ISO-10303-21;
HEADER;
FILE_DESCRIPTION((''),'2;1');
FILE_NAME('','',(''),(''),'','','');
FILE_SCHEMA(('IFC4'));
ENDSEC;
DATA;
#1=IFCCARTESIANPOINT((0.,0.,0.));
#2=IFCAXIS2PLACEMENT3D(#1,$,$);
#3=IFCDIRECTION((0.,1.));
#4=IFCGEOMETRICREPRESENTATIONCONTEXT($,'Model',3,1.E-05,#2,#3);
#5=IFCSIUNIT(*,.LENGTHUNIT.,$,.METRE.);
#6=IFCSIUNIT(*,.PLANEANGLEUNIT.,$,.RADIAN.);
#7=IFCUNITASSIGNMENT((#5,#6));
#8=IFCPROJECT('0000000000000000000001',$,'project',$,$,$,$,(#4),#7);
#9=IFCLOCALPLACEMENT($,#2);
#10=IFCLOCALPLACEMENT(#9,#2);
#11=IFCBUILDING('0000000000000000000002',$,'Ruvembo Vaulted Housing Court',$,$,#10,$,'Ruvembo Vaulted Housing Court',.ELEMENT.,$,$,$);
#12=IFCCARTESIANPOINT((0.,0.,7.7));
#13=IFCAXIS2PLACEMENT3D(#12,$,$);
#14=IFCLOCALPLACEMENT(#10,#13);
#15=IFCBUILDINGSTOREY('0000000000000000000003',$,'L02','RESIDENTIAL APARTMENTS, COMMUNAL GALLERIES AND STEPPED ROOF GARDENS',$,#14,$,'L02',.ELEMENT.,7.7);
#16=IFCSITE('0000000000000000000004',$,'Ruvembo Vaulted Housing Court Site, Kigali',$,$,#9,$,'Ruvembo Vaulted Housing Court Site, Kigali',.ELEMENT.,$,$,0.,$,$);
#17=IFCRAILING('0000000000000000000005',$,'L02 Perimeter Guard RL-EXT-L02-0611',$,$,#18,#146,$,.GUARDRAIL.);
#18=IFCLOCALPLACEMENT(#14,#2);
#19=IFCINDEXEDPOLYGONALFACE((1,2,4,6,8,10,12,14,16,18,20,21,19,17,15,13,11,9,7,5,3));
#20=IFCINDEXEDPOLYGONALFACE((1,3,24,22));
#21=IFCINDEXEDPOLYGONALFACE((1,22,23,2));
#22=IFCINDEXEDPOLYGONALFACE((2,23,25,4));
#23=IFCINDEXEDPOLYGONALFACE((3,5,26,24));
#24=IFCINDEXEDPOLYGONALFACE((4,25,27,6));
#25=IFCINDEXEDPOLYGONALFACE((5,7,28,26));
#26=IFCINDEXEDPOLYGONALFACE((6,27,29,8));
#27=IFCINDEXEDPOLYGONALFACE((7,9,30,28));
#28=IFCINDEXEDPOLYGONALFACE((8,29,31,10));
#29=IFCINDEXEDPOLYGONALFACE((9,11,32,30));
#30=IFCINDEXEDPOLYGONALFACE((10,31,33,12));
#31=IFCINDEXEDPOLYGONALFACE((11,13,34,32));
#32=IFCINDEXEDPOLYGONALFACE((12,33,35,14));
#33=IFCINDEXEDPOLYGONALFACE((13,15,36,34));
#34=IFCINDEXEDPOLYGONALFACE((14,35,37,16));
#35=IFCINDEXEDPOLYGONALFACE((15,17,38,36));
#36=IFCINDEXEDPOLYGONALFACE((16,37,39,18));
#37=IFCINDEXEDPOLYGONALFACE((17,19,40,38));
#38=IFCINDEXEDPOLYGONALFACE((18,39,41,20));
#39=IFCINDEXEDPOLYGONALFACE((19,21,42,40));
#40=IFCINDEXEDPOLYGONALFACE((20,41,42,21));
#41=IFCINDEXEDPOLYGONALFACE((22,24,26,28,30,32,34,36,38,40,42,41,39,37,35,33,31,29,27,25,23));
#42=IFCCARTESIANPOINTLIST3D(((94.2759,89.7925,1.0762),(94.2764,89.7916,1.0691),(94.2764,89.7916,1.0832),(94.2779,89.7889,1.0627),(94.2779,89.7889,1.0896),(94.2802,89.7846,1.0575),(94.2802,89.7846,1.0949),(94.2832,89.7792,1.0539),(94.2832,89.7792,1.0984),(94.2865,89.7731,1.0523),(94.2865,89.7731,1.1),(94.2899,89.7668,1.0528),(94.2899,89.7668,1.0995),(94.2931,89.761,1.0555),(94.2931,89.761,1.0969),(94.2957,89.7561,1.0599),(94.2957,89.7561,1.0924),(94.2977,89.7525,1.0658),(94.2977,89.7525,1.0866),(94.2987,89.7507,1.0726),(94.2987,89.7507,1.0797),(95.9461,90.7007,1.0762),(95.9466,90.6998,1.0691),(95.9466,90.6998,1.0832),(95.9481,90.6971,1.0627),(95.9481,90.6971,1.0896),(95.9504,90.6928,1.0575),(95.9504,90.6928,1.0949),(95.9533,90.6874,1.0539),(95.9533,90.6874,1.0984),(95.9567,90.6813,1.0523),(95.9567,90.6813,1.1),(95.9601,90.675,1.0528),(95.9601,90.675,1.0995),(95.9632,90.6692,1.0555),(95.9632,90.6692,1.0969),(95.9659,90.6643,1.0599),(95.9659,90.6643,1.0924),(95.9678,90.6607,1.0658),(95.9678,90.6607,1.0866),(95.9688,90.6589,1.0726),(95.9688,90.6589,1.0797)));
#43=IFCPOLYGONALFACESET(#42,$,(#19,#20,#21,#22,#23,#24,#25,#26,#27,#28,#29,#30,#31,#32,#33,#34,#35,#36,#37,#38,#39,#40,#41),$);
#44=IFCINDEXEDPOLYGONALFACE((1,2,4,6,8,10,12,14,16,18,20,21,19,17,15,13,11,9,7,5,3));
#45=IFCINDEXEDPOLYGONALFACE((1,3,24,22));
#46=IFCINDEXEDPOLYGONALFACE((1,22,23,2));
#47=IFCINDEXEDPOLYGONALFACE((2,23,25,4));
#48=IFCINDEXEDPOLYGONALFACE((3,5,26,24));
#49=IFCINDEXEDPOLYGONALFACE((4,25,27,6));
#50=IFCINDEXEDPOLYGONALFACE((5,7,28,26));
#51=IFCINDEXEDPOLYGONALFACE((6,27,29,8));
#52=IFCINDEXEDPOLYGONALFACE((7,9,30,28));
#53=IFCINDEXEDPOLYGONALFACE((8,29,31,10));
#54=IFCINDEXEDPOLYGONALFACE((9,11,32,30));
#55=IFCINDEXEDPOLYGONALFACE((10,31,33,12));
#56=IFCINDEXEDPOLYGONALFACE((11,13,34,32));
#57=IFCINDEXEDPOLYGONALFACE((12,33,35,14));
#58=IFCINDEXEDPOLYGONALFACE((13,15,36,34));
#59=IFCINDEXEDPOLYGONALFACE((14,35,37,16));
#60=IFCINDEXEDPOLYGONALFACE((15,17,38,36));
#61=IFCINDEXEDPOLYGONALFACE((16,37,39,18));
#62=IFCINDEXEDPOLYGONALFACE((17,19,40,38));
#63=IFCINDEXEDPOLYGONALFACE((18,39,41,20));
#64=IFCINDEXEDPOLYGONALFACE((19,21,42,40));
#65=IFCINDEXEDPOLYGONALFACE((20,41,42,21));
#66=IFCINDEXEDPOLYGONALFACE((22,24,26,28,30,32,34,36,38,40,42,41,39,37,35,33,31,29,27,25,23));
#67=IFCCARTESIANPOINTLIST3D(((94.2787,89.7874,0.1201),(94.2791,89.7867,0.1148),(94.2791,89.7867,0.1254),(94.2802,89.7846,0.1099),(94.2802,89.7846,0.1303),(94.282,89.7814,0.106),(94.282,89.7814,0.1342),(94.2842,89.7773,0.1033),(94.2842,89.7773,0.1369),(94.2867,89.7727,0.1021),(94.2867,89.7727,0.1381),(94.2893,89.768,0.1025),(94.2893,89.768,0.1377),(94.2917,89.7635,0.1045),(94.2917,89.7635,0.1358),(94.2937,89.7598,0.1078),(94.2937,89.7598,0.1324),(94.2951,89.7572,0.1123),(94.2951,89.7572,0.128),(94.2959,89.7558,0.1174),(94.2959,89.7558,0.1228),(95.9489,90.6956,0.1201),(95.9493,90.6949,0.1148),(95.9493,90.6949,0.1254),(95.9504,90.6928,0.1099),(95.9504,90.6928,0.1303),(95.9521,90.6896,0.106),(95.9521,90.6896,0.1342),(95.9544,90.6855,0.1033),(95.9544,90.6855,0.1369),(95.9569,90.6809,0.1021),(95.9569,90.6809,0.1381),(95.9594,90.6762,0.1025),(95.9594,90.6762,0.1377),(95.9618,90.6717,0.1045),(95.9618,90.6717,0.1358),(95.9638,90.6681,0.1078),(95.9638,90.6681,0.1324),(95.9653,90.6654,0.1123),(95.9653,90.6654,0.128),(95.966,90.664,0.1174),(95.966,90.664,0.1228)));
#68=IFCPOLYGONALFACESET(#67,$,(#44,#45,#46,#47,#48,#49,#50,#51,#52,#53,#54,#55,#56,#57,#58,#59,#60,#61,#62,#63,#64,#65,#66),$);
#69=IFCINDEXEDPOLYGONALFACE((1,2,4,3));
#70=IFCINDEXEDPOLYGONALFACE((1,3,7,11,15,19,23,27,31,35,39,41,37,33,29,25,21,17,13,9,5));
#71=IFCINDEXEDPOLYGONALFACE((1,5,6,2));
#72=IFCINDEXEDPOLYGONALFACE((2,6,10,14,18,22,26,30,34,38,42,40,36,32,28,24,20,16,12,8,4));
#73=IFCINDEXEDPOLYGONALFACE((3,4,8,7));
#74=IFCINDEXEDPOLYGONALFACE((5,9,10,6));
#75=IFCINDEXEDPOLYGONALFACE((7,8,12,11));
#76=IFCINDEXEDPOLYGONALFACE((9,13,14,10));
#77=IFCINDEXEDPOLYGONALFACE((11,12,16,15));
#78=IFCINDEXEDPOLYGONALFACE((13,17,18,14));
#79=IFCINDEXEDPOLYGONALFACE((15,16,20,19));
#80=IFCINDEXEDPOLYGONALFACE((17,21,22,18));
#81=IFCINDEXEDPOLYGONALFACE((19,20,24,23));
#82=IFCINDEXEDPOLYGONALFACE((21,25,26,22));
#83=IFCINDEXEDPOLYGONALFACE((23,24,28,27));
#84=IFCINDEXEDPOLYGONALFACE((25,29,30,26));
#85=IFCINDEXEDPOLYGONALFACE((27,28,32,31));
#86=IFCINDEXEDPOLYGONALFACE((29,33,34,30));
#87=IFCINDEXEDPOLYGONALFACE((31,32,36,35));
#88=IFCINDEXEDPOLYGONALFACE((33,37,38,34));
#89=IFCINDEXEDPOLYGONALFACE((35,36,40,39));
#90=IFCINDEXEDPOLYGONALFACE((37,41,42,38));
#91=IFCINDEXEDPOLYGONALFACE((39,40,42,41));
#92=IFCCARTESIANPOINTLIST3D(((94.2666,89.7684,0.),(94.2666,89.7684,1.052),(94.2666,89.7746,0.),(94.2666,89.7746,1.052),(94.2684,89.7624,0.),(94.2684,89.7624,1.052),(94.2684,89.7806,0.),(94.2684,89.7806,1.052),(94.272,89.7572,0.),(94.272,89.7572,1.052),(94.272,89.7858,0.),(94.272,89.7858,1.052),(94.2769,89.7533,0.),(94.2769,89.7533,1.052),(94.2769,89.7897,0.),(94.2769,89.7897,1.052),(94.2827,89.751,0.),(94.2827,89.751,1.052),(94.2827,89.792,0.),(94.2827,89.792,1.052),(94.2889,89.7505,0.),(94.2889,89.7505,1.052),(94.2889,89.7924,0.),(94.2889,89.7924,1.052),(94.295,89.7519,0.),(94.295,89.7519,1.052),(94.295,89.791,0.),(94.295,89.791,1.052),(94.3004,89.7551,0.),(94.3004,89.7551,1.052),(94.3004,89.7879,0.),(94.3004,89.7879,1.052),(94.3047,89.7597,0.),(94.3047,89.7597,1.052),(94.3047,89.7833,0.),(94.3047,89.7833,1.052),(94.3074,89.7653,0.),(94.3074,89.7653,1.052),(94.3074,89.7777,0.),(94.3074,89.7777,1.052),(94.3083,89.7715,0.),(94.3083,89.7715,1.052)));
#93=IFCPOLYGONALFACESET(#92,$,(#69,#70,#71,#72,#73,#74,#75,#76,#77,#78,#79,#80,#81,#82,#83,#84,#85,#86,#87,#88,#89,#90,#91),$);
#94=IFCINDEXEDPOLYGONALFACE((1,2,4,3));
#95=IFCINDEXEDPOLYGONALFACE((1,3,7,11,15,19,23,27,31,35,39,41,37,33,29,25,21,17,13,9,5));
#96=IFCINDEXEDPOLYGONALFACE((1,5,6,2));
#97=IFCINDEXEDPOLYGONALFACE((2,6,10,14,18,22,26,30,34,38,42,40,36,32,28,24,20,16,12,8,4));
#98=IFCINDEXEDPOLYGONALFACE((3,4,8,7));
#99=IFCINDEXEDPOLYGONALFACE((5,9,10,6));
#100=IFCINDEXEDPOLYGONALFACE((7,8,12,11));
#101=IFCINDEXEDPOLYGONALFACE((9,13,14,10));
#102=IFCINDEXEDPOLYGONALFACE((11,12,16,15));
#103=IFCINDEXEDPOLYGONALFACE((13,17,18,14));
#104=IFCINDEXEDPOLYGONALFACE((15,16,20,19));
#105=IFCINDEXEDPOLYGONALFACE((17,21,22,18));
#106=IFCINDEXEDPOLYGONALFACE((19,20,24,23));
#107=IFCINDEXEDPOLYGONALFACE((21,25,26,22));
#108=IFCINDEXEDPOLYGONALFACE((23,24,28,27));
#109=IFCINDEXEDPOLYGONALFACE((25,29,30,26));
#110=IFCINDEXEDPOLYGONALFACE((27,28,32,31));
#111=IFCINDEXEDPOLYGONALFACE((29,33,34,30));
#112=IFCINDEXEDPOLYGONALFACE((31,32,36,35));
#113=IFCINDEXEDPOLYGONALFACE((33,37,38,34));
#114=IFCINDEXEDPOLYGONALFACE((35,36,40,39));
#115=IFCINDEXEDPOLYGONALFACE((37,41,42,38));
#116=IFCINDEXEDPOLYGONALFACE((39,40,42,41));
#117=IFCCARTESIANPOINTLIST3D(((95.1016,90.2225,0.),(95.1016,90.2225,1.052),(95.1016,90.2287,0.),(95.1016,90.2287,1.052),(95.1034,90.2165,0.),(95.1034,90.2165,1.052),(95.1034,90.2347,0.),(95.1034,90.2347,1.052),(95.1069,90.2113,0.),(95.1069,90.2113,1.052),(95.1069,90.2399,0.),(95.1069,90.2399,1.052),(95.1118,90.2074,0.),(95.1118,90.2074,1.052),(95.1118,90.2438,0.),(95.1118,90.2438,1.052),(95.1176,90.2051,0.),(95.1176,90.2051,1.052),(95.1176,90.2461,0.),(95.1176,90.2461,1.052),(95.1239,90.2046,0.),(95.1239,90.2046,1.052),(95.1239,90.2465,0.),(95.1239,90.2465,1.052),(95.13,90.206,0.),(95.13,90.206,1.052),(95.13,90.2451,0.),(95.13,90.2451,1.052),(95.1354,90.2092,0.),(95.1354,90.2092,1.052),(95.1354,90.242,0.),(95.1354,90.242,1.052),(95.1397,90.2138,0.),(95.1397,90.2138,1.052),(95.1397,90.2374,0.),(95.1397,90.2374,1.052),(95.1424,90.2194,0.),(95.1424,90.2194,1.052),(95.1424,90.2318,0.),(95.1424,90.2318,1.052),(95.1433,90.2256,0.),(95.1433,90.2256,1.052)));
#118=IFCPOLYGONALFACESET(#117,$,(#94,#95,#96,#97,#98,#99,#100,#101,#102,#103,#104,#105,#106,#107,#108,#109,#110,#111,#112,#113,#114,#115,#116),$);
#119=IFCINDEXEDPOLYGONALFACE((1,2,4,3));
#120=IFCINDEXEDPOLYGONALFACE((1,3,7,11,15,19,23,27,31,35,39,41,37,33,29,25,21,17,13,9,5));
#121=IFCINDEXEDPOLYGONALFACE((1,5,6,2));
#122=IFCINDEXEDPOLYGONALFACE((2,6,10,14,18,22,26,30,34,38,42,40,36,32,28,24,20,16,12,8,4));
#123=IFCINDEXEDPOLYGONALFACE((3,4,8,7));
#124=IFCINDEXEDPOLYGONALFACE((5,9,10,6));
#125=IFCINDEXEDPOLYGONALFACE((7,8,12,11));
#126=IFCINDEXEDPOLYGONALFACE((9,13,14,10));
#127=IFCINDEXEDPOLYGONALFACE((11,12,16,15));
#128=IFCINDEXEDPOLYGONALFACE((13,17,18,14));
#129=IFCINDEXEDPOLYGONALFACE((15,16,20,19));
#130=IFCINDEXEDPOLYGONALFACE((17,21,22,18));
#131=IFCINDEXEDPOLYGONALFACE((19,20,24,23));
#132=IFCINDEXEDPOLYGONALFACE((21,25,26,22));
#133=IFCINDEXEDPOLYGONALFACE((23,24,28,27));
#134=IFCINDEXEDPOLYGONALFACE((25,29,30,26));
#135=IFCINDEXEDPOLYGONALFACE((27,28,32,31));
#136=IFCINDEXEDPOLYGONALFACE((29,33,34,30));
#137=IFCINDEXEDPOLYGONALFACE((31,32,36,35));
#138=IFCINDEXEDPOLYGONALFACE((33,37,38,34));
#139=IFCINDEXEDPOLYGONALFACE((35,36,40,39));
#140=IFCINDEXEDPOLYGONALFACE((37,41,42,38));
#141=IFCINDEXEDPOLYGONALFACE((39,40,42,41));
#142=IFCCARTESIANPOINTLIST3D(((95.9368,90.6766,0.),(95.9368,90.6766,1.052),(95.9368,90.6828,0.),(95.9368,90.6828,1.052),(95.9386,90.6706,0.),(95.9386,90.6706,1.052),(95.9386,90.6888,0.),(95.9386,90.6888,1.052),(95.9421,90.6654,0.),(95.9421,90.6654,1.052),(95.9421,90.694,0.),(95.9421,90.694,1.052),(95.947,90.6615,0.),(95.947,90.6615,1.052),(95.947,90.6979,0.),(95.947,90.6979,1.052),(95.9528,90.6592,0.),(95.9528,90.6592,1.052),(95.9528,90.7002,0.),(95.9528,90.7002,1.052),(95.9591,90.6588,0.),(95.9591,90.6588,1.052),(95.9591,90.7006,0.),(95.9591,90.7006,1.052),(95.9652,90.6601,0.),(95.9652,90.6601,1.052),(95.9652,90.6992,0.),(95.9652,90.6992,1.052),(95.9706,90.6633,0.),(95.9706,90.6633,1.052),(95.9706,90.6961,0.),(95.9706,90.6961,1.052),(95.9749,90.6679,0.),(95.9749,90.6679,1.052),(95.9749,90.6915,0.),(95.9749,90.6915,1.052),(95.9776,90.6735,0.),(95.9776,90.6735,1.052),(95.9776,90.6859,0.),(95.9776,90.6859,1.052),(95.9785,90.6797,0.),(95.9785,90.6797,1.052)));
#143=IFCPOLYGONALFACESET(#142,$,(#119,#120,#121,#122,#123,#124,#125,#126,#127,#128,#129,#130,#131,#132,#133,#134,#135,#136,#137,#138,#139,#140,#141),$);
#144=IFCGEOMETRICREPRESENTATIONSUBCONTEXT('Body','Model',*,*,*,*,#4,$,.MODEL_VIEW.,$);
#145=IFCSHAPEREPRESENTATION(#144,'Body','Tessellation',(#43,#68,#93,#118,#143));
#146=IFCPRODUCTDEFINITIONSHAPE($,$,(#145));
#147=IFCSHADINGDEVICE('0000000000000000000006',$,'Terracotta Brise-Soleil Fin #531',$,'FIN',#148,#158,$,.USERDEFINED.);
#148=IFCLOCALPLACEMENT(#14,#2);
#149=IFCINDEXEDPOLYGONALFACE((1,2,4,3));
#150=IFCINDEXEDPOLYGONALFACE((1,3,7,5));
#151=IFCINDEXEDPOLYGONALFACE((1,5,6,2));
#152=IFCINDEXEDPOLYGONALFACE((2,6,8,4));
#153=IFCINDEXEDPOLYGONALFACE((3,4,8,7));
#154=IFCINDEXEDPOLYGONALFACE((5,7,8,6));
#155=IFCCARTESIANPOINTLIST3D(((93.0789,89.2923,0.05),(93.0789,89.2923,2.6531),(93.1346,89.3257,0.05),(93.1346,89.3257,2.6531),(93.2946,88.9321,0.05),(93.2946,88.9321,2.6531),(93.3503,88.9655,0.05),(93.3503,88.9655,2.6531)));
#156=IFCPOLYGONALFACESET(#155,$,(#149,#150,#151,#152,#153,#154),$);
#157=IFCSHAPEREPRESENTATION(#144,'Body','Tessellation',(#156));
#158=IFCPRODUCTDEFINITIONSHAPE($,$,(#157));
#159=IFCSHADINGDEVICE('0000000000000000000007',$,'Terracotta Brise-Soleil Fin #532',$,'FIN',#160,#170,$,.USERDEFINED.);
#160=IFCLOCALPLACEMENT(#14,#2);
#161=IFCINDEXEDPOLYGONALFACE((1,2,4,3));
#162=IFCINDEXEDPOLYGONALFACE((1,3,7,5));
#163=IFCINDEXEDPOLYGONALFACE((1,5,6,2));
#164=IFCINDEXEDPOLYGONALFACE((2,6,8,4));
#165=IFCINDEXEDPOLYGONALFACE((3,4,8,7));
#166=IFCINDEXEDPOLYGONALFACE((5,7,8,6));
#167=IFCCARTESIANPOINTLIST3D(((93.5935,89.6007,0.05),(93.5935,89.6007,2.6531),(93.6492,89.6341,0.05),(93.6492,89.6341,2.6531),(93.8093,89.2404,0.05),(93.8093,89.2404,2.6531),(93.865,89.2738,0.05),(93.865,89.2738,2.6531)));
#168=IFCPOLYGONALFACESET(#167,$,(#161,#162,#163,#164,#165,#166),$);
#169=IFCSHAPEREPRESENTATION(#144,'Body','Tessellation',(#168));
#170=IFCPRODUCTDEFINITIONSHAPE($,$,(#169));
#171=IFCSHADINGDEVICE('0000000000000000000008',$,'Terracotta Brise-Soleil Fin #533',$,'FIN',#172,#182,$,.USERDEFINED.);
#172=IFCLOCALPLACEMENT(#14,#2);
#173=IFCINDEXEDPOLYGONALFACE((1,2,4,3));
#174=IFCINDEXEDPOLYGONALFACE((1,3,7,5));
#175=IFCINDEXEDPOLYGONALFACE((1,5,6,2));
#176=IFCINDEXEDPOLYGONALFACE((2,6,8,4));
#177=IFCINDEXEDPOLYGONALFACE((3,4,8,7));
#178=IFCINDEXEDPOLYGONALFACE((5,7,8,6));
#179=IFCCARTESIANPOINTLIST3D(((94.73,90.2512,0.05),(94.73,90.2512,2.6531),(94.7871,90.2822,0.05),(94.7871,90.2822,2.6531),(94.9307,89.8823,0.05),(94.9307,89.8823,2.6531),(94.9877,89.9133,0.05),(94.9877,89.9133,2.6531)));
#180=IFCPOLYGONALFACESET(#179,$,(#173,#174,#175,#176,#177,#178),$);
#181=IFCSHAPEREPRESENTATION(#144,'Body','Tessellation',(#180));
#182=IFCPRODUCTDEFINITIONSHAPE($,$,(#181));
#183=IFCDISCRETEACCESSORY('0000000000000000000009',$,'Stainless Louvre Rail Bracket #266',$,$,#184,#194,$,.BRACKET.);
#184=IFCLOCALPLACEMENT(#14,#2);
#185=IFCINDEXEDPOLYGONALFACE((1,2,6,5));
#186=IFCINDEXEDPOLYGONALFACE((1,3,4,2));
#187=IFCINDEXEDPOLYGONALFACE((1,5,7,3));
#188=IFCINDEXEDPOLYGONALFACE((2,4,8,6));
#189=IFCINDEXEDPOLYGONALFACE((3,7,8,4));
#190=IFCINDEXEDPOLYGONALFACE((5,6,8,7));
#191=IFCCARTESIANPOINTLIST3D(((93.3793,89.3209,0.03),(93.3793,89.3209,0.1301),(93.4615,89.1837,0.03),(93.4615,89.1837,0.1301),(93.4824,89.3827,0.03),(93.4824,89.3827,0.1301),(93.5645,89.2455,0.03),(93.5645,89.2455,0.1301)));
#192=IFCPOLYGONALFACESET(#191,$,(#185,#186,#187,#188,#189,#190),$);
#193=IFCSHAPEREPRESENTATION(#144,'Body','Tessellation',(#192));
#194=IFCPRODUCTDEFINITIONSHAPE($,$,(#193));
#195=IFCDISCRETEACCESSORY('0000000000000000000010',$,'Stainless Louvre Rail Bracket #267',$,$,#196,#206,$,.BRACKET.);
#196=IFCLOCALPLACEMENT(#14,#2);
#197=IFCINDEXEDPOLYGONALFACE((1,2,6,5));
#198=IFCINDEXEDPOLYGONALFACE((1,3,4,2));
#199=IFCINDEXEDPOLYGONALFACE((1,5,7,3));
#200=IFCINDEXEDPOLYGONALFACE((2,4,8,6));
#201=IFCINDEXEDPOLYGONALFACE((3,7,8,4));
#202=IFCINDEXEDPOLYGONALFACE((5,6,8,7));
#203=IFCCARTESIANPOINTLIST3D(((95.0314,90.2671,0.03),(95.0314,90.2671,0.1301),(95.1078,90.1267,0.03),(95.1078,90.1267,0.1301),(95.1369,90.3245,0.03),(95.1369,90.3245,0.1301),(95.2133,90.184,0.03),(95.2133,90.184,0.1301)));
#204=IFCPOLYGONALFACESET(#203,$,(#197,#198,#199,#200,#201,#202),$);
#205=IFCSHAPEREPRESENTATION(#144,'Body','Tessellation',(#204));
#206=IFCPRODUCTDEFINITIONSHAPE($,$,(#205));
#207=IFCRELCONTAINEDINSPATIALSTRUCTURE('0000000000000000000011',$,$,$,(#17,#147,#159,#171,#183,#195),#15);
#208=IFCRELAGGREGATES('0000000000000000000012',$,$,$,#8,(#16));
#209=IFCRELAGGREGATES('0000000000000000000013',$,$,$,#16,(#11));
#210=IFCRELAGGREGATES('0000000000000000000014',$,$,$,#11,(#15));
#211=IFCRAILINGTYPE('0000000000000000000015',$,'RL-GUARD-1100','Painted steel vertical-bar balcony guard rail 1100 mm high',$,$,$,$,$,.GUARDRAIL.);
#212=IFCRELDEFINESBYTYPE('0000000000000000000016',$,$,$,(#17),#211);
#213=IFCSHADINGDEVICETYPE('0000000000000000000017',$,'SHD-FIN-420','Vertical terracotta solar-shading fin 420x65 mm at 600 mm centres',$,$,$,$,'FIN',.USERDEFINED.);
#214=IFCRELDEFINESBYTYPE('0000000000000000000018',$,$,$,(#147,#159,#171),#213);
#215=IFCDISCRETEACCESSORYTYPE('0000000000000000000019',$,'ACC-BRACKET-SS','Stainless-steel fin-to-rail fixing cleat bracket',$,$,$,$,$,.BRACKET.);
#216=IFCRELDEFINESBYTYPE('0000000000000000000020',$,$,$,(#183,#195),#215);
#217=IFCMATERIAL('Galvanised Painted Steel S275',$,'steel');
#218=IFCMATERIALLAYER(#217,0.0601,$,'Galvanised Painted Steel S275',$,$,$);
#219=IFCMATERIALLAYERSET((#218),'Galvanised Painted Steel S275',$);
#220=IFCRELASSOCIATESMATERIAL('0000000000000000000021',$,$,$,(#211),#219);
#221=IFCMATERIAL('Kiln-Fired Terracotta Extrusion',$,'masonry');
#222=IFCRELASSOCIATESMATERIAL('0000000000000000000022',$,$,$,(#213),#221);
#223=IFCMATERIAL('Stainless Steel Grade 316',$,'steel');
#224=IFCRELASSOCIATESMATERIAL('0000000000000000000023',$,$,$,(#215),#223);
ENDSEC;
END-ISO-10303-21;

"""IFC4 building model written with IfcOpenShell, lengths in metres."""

from ifc_helpers import new_model, si_unit, direction, frame, origin, origin_2d, place, context, subcontext, project, spatial, rectangle, circle, extrude, material, layer, layer_set, type_object, element, save


model = new_model("IFC4")

# Units and contexts
model_context = context("Model", 3, precision=1e-05, world=origin(), true_north=direction((0.0, 1.0)))
body_context = subcontext(model_context, "Body", "Model", "MODEL_VIEW")
ifc_project = project(units=[si_unit("LENGTHUNIT", "METRE"), si_unit("PLANEANGLEUNIT", "RADIAN")], contexts=[model_context])

# Site, building, storey
site_placement = place(None, origin())
site = spatial("IfcSite", under=ifc_project, at=site_placement, Name="Ruvembo Vaulted Housing Court Site, Kigali", LongName="Ruvembo Vaulted Housing Court Site, Kigali", CompositionType="ELEMENT", RefElevation=0.0)
building_placement = place(site_placement, origin())
building = spatial("IfcBuilding", under=site, at=building_placement, Name="Ruvembo Vaulted Housing Court", LongName="Ruvembo Vaulted Housing Court", CompositionType="ELEMENT")
storey_placement = place(building_placement, frame((0.0, 0.0, 7.7)))
storey = spatial("IfcBuildingStorey", under=building, at=storey_placement, Name="L02", Description="RESIDENTIAL APARTMENTS, COMMUNAL GALLERIES AND STEPPED ROOF GARDENS", LongName="L02", CompositionType="ELEMENT", Elevation=7.7)

# Railing
ifc_material_1 = material(Name="Galvanised Painted Steel S275", Category="steel")
ifc_layer_1 = layer(ifc_material_1, 0.0601, Name="Galvanised Painted Steel S275")
ifc_layer_set_1 = layer_set([ifc_layer_1], Name="Galvanised Painted Steel S275")
railing_type = type_object("IfcRailingType", Name="RL-GUARD-1100", Description="Painted steel vertical-bar balcony guard rail 1100 mm high", PredefinedType="GUARDRAIL", material=ifc_layer_set_1)
railing_1_placement = place(storey_placement, frame((94.2874, 89.7715, 0.0)))
element("IfcRailing", 1, at=railing_1_placement, inside=storey, type_object=railing_type, Name="L02 Perimeter Guard RL-EXT-L02-0611", PredefinedType="GUARDRAIL", context=body_context, shape_type="SweptSolid", body=[
    extrude(circle(Radius=0.0239, at=origin_2d()), frame((0.0, 0.0, 1.0762), z_axis=(0.878513, 0.477718, 0.0), x_axis=(-0.477718, 0.878513, 0.0)), (0.0, 0.0, 1.0), 1.9011),
    extrude(circle(Radius=0.0181, at=origin_2d()), frame((0.0, 0.0, 0.1201), z_axis=(0.878513, 0.477718, 0.0), x_axis=(-0.477718, 0.878513, 0.0)), (0.0, 0.0, 1.0), 1.9011),
    extrude(circle(Radius=0.021, at=origin_2d()), origin(), (0.0, 0.0, 1.0), 1.052),
    extrude(circle(Radius=0.021, at=origin_2d()), frame((0.835, 0.4541, 0.0)), (0.0, 0.0, 1.0), 1.052),
    extrude(circle(Radius=0.021, at=origin_2d()), frame((1.6702, 0.9082, 0.0)), (0.0, 0.0, 1.0), 1.052),
])

# Shading devices
ifc_material_2 = material(Name="Kiln-Fired Terracotta Extrusion", Category="masonry")
shading_device_type = type_object("IfcShadingDeviceType", Name="SHD-FIN-420", Description="Vertical terracotta solar-shading fin 420x65 mm at 600 mm centres", ElementType="FIN", PredefinedType="USERDEFINED", material=ifc_material_2)
for number, where, z_axis, x_axis, name in (
    (2, (93.2146, 89.1289, 0.05), (0.0, 0.0, 1.0), (0.513826, -0.857895, 0.0), "Terracotta Brise-Soleil Fin #531"),
    (3, (93.7292, 89.4373, 0.05), (0.0, 0.0, 1.0), (0.513826, -0.857895, 0.0), "Terracotta Brise-Soleil Fin #532"),
    (4, (94.8589, 90.0823, 0.05), (0.0, 0.0, 1.0), (0.477788, -0.878475, 0.0), "Terracotta Brise-Soleil Fin #533"),
):
    element("IfcShadingDevice", number, at=place(storey_placement, frame(where, z_axis=z_axis, x_axis=x_axis)), inside=storey, type_object=shading_device_type, Name=name, ObjectType="FIN", PredefinedType="USERDEFINED", context=body_context, shape_type="SweptSolid", body=[
        extrude(rectangle(XDim=0.4199, YDim=0.0649, at=origin_2d()), origin(), (0.0, 0.0, 1.0), 2.603),
    ])

# Discrete accessories
ifc_material_3 = material(Name="Stainless Steel Grade 316", Category="steel")
discrete_accessory_type = type_object("IfcDiscreteAccessoryType", Name="ACC-BRACKET-SS", Description="Stainless-steel fin-to-rail fixing cleat bracket", PredefinedType="BRACKET", material=ifc_material_3)
for number, where, z_axis, x_axis, name in (
    (5, (93.4719, 89.2832, 0.03), (0.0, 0.0, 1.0), (0.513826, -0.857895, 0.0), "Stainless Louvre Rail Bracket #266"),
    (6, (95.1223, 90.2256, 0.03), (0.0, 0.0, 1.0), (0.477788, -0.878475, 0.0), "Stainless Louvre Rail Bracket #267"),
):
    element("IfcDiscreteAccessory", number, at=place(storey_placement, frame(where, z_axis=z_axis, x_axis=x_axis)), inside=storey, type_object=discrete_accessory_type, Name=name, PredefinedType="BRACKET", context=body_context, shape_type="SweptSolid", body=[
        extrude(rectangle(XDim=0.1599, YDim=0.1201, at=origin_2d()), origin(), (0.0, 0.0, 1.0), 0.1001),
    ])

save(model, "model.ifc")
